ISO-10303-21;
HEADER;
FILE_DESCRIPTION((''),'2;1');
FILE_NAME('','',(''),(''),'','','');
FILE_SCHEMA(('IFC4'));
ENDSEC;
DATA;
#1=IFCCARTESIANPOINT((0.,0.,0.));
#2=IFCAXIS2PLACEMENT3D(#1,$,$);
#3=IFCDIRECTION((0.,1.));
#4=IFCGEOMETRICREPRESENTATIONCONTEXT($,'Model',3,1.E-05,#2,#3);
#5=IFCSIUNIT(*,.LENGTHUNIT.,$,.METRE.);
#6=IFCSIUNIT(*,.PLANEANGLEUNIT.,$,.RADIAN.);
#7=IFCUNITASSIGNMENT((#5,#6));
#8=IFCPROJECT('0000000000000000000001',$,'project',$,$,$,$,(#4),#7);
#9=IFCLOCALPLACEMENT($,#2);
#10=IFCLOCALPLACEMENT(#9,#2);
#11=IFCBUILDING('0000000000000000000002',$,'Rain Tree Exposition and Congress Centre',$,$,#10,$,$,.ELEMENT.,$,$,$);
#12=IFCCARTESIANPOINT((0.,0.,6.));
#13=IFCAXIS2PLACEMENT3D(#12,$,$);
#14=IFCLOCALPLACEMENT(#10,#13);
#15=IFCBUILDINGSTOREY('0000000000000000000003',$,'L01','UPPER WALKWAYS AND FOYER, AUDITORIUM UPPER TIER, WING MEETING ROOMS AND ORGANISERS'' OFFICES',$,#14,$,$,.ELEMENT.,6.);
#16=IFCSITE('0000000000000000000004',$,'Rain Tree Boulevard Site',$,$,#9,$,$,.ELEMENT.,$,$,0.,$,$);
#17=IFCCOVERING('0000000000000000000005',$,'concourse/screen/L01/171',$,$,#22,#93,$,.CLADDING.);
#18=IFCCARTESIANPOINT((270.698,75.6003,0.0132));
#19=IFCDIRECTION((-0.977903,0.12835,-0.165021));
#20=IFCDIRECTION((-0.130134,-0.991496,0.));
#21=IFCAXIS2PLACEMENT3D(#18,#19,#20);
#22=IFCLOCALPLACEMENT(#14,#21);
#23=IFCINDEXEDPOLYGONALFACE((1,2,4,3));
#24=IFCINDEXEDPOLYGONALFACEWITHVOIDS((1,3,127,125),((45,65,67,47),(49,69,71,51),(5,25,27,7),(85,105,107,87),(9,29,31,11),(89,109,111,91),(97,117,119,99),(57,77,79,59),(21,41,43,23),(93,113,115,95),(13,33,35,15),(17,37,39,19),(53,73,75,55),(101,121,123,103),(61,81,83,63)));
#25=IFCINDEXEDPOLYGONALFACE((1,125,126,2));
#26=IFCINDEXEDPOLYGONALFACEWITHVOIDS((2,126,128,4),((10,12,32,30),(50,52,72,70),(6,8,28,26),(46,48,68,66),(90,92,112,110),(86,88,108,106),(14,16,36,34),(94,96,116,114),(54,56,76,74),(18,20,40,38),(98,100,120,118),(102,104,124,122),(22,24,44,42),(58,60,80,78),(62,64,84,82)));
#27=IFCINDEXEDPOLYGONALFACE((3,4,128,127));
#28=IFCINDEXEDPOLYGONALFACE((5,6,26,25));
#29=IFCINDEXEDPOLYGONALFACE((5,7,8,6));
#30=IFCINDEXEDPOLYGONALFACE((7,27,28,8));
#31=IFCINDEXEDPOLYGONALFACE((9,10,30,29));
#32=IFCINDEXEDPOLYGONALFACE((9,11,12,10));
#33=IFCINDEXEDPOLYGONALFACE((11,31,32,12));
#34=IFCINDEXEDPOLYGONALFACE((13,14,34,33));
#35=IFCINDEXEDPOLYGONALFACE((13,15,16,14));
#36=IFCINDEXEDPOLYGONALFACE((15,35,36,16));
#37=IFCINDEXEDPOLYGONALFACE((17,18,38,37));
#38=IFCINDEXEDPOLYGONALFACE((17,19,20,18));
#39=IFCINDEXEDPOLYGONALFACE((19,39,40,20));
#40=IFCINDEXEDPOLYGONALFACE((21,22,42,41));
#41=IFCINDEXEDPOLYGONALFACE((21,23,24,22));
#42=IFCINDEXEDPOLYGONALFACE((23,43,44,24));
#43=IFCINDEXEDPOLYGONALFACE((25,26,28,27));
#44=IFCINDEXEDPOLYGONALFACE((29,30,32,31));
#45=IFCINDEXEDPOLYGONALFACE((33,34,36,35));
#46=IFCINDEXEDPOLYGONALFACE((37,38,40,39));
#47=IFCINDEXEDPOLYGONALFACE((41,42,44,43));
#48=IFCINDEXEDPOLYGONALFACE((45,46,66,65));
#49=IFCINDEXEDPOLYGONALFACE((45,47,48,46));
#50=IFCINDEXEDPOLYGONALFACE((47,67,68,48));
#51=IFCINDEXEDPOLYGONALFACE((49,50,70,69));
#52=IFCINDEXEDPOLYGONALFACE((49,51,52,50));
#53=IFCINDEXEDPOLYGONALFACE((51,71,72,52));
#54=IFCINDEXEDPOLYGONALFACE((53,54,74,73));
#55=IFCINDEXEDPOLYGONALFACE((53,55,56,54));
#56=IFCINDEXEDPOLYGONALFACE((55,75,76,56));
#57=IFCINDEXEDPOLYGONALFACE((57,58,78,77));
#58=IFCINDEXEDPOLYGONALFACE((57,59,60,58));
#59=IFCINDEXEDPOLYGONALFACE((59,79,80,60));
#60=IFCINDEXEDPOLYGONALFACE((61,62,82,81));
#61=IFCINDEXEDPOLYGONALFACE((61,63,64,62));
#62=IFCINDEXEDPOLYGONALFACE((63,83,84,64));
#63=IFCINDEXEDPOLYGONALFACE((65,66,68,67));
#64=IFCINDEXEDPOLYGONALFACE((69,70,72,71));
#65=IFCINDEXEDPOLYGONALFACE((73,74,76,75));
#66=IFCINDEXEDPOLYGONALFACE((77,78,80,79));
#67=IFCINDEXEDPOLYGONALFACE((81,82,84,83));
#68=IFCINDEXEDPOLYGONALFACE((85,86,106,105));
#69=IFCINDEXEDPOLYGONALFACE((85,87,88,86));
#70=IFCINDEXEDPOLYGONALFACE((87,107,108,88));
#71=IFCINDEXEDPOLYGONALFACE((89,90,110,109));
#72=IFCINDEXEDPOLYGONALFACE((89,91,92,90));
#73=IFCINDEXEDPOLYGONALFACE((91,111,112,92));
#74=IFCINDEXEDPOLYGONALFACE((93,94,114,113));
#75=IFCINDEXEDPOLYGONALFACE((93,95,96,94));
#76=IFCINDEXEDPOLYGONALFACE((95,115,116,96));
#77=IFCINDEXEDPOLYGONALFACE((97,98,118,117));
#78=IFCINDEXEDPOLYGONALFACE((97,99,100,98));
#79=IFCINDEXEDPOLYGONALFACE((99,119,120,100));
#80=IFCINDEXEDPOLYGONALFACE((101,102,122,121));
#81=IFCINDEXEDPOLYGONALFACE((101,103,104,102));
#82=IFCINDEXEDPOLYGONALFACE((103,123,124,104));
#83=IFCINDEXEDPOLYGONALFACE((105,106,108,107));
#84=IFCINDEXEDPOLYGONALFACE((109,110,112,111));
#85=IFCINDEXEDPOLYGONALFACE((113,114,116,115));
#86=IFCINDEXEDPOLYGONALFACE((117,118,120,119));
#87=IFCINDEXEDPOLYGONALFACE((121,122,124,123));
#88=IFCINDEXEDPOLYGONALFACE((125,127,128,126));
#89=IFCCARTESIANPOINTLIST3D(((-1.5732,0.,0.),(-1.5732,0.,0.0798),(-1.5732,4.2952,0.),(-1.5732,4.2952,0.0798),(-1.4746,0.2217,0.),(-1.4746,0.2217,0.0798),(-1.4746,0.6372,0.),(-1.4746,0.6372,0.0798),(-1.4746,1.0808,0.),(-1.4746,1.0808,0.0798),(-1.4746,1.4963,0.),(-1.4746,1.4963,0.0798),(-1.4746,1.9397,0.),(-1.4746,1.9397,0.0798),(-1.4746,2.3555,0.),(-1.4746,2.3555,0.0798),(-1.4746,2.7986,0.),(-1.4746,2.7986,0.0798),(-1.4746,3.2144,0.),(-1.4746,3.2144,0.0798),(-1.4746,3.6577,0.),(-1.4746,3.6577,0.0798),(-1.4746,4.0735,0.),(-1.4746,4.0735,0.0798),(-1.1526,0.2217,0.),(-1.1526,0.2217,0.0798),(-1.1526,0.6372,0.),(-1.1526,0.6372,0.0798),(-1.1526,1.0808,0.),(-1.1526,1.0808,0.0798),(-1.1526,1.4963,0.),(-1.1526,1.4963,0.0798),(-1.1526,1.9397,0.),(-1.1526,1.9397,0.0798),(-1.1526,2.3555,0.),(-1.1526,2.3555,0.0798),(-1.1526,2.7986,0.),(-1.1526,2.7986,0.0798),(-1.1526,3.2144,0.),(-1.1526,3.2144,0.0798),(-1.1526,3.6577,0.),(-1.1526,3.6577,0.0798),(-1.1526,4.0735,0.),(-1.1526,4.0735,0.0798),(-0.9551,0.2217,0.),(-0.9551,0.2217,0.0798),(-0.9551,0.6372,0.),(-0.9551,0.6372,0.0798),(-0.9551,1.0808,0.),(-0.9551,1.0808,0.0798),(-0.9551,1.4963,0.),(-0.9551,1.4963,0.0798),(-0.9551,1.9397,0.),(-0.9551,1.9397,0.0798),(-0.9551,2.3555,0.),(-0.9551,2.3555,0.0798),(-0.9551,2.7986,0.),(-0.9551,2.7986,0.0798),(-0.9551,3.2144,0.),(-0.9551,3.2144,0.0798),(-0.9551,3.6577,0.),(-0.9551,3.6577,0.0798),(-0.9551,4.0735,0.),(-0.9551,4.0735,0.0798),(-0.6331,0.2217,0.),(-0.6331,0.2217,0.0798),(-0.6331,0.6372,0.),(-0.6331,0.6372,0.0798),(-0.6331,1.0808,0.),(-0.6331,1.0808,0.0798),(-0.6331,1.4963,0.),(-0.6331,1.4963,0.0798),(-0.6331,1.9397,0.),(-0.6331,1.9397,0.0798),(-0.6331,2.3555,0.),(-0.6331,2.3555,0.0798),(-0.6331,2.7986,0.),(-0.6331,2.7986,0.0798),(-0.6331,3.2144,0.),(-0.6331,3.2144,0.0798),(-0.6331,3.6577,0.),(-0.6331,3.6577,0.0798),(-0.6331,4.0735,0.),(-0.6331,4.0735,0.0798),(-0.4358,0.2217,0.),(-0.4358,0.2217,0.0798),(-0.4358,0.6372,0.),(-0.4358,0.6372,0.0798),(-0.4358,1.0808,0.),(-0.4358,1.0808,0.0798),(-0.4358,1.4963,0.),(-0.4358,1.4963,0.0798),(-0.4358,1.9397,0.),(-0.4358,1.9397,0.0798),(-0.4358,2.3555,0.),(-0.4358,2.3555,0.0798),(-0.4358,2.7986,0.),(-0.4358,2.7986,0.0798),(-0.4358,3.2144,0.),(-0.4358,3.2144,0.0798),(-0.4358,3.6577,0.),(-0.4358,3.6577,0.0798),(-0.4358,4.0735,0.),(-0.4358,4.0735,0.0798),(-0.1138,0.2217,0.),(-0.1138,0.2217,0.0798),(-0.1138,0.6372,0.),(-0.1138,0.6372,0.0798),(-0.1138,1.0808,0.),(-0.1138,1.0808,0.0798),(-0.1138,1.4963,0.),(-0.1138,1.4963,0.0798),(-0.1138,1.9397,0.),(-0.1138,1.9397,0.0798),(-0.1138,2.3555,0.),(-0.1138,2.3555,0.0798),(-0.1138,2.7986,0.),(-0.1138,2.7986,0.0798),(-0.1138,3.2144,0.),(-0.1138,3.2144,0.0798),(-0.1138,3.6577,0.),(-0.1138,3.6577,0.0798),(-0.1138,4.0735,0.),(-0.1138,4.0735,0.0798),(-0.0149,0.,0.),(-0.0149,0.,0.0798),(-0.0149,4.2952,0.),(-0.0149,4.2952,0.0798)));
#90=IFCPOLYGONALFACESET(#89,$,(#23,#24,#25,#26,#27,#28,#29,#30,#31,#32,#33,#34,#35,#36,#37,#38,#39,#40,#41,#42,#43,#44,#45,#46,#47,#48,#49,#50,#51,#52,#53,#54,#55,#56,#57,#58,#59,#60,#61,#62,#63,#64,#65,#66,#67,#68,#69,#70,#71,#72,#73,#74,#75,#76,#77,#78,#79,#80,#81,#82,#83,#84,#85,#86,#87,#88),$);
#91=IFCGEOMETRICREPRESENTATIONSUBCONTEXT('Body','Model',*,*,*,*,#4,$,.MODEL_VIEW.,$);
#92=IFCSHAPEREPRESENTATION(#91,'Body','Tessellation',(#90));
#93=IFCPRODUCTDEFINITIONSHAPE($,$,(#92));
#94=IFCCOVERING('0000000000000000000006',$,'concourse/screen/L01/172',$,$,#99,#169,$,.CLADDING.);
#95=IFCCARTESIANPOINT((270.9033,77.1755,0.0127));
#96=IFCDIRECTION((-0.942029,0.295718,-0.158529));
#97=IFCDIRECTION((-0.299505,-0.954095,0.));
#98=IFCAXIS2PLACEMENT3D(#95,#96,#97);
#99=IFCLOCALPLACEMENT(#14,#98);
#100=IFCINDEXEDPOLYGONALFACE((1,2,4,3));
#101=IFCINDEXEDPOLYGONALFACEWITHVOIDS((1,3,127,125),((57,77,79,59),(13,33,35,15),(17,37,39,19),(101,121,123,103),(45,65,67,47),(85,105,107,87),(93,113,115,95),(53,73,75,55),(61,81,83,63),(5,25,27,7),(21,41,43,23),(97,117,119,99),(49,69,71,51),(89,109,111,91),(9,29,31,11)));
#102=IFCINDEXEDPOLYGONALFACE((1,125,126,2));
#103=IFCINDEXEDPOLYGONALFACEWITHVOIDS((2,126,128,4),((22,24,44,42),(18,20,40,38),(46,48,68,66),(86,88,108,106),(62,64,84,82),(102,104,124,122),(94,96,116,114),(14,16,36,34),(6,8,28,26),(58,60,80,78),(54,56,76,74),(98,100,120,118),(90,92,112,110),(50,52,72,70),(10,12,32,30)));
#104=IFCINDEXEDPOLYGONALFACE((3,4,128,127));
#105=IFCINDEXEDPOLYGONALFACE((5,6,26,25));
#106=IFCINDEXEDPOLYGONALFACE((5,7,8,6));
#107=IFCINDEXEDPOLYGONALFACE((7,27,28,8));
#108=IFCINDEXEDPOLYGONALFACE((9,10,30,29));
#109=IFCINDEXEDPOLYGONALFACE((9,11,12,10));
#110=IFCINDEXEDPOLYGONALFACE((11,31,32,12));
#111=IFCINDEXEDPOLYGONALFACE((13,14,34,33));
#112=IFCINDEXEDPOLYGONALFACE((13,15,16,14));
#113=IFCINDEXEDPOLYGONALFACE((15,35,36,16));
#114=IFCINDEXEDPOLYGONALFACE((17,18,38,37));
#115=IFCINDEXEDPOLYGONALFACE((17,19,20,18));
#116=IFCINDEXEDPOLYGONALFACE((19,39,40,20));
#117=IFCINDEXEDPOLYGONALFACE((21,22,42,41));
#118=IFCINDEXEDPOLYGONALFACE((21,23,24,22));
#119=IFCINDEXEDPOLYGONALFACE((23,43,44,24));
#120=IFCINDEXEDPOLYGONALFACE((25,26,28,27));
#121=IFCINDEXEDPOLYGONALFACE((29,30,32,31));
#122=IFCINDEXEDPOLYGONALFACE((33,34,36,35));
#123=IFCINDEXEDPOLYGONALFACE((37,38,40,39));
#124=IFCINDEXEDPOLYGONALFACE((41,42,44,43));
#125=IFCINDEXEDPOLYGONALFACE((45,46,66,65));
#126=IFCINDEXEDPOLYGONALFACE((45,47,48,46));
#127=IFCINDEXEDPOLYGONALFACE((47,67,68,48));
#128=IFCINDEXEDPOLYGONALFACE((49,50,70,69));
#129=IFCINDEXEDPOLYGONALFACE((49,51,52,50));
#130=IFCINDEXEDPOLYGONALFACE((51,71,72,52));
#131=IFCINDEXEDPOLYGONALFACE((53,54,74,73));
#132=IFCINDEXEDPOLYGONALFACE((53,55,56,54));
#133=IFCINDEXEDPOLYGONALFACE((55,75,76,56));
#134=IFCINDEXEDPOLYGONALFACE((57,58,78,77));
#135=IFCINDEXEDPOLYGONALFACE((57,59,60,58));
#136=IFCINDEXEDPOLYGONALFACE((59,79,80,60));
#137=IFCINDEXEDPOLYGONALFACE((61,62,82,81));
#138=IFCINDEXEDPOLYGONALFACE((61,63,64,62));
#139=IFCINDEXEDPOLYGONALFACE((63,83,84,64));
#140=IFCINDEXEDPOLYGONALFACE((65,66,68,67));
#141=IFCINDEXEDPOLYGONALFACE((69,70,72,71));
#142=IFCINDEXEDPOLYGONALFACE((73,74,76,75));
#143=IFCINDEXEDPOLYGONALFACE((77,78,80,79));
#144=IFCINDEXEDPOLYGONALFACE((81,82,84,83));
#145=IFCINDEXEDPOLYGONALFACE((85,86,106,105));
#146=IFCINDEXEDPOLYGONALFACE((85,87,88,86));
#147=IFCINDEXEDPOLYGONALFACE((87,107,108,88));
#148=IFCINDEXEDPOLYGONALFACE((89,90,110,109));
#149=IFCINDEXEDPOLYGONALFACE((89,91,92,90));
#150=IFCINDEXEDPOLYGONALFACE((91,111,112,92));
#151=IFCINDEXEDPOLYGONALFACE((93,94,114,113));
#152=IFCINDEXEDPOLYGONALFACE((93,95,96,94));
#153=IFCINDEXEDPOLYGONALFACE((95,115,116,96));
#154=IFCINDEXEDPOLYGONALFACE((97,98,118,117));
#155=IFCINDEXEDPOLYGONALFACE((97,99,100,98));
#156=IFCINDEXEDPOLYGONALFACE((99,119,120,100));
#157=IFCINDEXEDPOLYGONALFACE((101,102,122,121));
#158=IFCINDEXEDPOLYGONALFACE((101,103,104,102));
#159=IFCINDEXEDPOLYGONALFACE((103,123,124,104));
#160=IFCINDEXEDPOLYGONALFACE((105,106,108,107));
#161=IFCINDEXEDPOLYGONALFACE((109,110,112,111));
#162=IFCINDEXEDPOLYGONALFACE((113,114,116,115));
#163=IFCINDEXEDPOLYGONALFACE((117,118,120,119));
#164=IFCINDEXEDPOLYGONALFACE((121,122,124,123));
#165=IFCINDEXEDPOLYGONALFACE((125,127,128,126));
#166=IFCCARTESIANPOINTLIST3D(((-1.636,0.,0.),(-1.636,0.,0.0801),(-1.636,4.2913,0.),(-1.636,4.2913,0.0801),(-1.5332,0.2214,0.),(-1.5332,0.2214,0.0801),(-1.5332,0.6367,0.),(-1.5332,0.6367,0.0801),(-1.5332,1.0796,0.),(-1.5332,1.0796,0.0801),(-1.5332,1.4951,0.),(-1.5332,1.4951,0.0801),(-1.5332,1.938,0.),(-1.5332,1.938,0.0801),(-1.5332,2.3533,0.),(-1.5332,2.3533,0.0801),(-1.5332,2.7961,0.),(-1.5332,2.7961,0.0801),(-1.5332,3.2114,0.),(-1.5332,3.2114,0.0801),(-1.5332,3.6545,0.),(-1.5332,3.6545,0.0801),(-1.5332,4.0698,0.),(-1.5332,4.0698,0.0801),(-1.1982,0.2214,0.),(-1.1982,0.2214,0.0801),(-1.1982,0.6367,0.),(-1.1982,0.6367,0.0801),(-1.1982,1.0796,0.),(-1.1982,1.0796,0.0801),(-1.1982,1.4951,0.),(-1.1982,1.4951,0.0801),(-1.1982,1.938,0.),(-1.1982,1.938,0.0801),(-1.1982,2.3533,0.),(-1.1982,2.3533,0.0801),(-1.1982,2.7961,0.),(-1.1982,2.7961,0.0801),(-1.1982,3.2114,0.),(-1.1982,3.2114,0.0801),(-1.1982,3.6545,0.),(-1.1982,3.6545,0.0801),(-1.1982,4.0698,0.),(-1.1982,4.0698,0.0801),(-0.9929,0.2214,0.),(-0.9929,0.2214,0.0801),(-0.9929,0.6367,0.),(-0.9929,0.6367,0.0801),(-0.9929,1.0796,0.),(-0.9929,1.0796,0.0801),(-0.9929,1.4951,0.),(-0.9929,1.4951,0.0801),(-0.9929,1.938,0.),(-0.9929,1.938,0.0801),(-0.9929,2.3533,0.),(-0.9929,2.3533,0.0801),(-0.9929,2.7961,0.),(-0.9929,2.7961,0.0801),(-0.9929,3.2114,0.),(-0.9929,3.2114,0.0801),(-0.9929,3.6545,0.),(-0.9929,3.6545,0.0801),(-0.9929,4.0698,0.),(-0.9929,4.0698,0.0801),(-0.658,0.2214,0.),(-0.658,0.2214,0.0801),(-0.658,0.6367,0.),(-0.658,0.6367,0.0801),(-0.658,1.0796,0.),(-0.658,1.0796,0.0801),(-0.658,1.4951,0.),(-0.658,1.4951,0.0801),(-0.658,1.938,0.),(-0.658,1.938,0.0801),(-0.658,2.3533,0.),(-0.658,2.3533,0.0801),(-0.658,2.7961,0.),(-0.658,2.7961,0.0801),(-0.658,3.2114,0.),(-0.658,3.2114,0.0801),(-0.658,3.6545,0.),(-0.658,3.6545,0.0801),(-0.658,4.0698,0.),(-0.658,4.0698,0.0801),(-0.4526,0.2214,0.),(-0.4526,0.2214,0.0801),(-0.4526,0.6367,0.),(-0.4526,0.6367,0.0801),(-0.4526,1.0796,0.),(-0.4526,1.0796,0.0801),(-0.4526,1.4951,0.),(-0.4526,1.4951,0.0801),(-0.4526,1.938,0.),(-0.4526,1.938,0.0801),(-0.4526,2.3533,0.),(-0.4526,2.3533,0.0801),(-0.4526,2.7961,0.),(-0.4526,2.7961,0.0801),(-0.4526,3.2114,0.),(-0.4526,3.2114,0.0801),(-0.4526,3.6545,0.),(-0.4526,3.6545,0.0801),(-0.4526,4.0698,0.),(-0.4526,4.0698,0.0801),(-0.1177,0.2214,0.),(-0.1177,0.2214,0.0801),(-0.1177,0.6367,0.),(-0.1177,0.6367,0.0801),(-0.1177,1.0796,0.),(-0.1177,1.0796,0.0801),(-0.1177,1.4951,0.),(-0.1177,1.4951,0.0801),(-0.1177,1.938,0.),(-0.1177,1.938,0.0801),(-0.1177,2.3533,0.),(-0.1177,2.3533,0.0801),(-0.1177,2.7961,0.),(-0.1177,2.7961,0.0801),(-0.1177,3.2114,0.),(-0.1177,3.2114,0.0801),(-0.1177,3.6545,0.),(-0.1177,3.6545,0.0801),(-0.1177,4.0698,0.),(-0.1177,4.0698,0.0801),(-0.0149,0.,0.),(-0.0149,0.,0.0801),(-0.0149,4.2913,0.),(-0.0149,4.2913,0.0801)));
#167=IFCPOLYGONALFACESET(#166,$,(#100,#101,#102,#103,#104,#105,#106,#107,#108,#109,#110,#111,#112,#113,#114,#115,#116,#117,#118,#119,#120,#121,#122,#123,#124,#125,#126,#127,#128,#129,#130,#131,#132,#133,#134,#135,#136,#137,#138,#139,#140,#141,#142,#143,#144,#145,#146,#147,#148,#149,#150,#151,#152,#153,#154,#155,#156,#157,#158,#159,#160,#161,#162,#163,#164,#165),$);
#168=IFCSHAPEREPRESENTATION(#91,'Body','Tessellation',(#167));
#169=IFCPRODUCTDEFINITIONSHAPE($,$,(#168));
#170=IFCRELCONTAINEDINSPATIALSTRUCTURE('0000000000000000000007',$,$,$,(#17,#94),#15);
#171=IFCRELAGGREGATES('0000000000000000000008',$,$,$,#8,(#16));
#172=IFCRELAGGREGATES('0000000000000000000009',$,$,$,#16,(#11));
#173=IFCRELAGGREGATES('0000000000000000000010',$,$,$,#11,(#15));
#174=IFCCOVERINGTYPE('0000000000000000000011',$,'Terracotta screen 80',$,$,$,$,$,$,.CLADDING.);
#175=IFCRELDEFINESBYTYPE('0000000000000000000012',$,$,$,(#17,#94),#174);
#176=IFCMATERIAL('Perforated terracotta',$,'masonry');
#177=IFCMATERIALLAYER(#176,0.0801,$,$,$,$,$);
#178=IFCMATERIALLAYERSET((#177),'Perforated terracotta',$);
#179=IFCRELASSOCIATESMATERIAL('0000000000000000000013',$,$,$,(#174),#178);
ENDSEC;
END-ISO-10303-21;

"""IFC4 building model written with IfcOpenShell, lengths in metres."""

from ifc_helpers import new_model, si_unit, direction, frame, origin, place, context, subcontext, project, spatial, polyline, outline, extrude, material, layer, layer_set, type_object, element, save


model = new_model("IFC4")

# Units and contexts
model_context = context("Model", 3, precision=1e-05, world=origin(), true_north=direction((0.0, 1.0)))
body_context = subcontext(model_context, "Body", "Model", "MODEL_VIEW")
ifc_project = project(units=[si_unit("LENGTHUNIT", "METRE"), si_unit("PLANEANGLEUNIT", "RADIAN")], contexts=[model_context])

# Site, building, storey
site_placement = place(None, origin())
site = spatial("IfcSite", under=ifc_project, at=site_placement, Name="Rain Tree Boulevard Site", CompositionType="ELEMENT", RefElevation=0.0)
building_placement = place(site_placement, origin())
building = spatial("IfcBuilding", under=site, at=building_placement, Name="Rain Tree Exposition and Congress Centre", CompositionType="ELEMENT")
storey_placement = place(building_placement, frame((0.0, 0.0, 6.0)))
storey = spatial("IfcBuildingStorey", under=building, at=storey_placement, Name="L01", Description="UPPER WALKWAYS AND FOYER, AUDITORIUM UPPER TIER, WING MEETING ROOMS AND ORGANISERS' OFFICES", CompositionType="ELEMENT", Elevation=6.0)

# Coverings
ifc_material_1 = material(Name="Perforated terracotta", Category="masonry")
ifc_layer_1 = layer(ifc_material_1, 0.0801)
ifc_layer_set_1 = layer_set([ifc_layer_1], Name="Perforated terracotta")
covering_type = type_object("IfcCoveringType", Name="Terracotta screen 80", PredefinedType="CLADDING", material=ifc_layer_set_1)
covering_1_placement = place(storey_placement, frame((270.698, 75.6003, 0.0132), z_axis=(-0.977903, 0.12835, -0.165021), x_axis=(-0.130134, -0.991496, 0.0)))
element("IfcCovering", 1, at=covering_1_placement, inside=storey, type_object=covering_type, Name="concourse/screen/L01/171", PredefinedType="CLADDING", context=body_context, shape_type="SweptSolid", body=[
    extrude(outline(polyline([(-1.5732, 0.0), (-1.5732, 4.2952), (-0.0149, 4.2952), (-0.0149, 0.0), (-1.5732, 0.0)]), holes=[polyline([(-0.1138, 0.2217), (-0.1138, 0.6372), (-0.4358, 0.6372), (-0.4358, 0.2217), (-0.1138, 0.2217)]), polyline([(-0.1138, 1.0808), (-0.1138, 1.4963), (-0.4358, 1.4963), (-0.4358, 1.0808), (-0.1138, 1.0808)]), polyline([(-0.1138, 1.9397), (-0.1138, 2.3555), (-0.4358, 2.3555), (-0.4358, 1.9397), (-0.1138, 1.9397)]), polyline([(-0.1138, 2.7986), (-0.1138, 3.2144), (-0.4358, 3.2144), (-0.4358, 2.7986), (-0.1138, 2.7986)]), polyline([(-0.1138, 3.6577), (-0.1138, 4.0735), (-0.4358, 4.0735), (-0.4358, 3.6577), (-0.1138, 3.6577)]), polyline([(-0.6331, 0.2217), (-0.6331, 0.6372), (-0.9551, 0.6372), (-0.9551, 0.2217), (-0.6331, 0.2217)]), polyline([(-0.6331, 1.0808), (-0.6331, 1.4963), (-0.9551, 1.4963), (-0.9551, 1.0808), (-0.6331, 1.0808)]), polyline([(-0.6331, 1.9397), (-0.6331, 2.3555), (-0.9551, 2.3555), (-0.9551, 1.9397), (-0.6331, 1.9397)]), polyline([(-0.6331, 2.7986), (-0.6331, 3.2144), (-0.9551, 3.2144), (-0.9551, 2.7986), (-0.6331, 2.7986)]), polyline([(-0.6331, 3.6577), (-0.6331, 4.0735), (-0.9551, 4.0735), (-0.9551, 3.6577), (-0.6331, 3.6577)]), polyline([(-1.1526, 0.2217), (-1.1526, 0.6372), (-1.4746, 0.6372), (-1.4746, 0.2217), (-1.1526, 0.2217)]), polyline([(-1.1526, 1.0808), (-1.1526, 1.4963), (-1.4746, 1.4963), (-1.4746, 1.0808), (-1.1526, 1.0808)]), polyline([(-1.1526, 1.9397), (-1.1526, 2.3555), (-1.4746, 2.3555), (-1.4746, 1.9397), (-1.1526, 1.9397)]), polyline([(-1.1526, 2.7986), (-1.1526, 3.2144), (-1.4746, 3.2144), (-1.4746, 2.7986), (-1.1526, 2.7986)]), polyline([(-1.1526, 3.6577), (-1.1526, 4.0735), (-1.4746, 4.0735), (-1.4746, 3.6577), (-1.1526, 3.6577)])]), origin(), (0.0, 0.0, 1.0), 0.0798),
])
covering_2_placement = place(storey_placement, frame((270.9033, 77.1755, 0.0127), z_axis=(-0.942029, 0.295718, -0.158529), x_axis=(-0.299505, -0.954095, 0.0)))
element("IfcCovering", 2, at=covering_2_placement, inside=storey, type_object=covering_type, Name="concourse/screen/L01/172", PredefinedType="CLADDING", context=body_context, shape_type="SweptSolid", body=[
    extrude(outline(polyline([(-1.636, 0.0), (-1.636, 4.2913), (-0.0149, 4.2913), (-0.0149, 0.0), (-1.636, 0.0)]), holes=[polyline([(-0.1177, 0.2214), (-0.1177, 0.6367), (-0.4526, 0.6367), (-0.4526, 0.2214), (-0.1177, 0.2214)]), polyline([(-0.1177, 1.0796), (-0.1177, 1.4951), (-0.4526, 1.4951), (-0.4526, 1.0796), (-0.1177, 1.0796)]), polyline([(-0.1177, 1.938), (-0.1177, 2.3533), (-0.4526, 2.3533), (-0.4526, 1.938), (-0.1177, 1.938)]), polyline([(-0.1177, 2.7961), (-0.1177, 3.2114), (-0.4526, 3.2114), (-0.4526, 2.7961), (-0.1177, 2.7961)]), polyline([(-0.1177, 3.6545), (-0.1177, 4.0698), (-0.4526, 4.0698), (-0.4526, 3.6545), (-0.1177, 3.6545)]), polyline([(-0.658, 0.2214), (-0.658, 0.6367), (-0.9929, 0.6367), (-0.9929, 0.2214), (-0.658, 0.2214)]), polyline([(-0.658, 1.0796), (-0.658, 1.4951), (-0.9929, 1.4951), (-0.9929, 1.0796), (-0.658, 1.0796)]), polyline([(-0.658, 1.938), (-0.658, 2.3533), (-0.9929, 2.3533), (-0.9929, 1.938), (-0.658, 1.938)]), polyline([(-0.658, 2.7961), (-0.658, 3.2114), (-0.9929, 3.2114), (-0.9929, 2.7961), (-0.658, 2.7961)]), polyline([(-0.658, 3.6545), (-0.658, 4.0698), (-0.9929, 4.0698), (-0.9929, 3.6545), (-0.658, 3.6545)]), polyline([(-1.1982, 0.2214), (-1.1982, 0.6367), (-1.5332, 0.6367), (-1.5332, 0.2214), (-1.1982, 0.2214)]), polyline([(-1.1982, 1.0796), (-1.1982, 1.4951), (-1.5332, 1.4951), (-1.5332, 1.0796), (-1.1982, 1.0796)]), polyline([(-1.1982, 1.938), (-1.1982, 2.3533), (-1.5332, 2.3533), (-1.5332, 1.938), (-1.1982, 1.938)]), polyline([(-1.1982, 2.7961), (-1.1982, 3.2114), (-1.5332, 3.2114), (-1.5332, 2.7961), (-1.1982, 2.7961)]), polyline([(-1.1982, 3.6545), (-1.1982, 4.0698), (-1.5332, 4.0698), (-1.5332, 3.6545), (-1.1982, 3.6545)])]), origin(), (0.0, 0.0, 1.0), 0.0801),
])

save(model, "model.ifc")
